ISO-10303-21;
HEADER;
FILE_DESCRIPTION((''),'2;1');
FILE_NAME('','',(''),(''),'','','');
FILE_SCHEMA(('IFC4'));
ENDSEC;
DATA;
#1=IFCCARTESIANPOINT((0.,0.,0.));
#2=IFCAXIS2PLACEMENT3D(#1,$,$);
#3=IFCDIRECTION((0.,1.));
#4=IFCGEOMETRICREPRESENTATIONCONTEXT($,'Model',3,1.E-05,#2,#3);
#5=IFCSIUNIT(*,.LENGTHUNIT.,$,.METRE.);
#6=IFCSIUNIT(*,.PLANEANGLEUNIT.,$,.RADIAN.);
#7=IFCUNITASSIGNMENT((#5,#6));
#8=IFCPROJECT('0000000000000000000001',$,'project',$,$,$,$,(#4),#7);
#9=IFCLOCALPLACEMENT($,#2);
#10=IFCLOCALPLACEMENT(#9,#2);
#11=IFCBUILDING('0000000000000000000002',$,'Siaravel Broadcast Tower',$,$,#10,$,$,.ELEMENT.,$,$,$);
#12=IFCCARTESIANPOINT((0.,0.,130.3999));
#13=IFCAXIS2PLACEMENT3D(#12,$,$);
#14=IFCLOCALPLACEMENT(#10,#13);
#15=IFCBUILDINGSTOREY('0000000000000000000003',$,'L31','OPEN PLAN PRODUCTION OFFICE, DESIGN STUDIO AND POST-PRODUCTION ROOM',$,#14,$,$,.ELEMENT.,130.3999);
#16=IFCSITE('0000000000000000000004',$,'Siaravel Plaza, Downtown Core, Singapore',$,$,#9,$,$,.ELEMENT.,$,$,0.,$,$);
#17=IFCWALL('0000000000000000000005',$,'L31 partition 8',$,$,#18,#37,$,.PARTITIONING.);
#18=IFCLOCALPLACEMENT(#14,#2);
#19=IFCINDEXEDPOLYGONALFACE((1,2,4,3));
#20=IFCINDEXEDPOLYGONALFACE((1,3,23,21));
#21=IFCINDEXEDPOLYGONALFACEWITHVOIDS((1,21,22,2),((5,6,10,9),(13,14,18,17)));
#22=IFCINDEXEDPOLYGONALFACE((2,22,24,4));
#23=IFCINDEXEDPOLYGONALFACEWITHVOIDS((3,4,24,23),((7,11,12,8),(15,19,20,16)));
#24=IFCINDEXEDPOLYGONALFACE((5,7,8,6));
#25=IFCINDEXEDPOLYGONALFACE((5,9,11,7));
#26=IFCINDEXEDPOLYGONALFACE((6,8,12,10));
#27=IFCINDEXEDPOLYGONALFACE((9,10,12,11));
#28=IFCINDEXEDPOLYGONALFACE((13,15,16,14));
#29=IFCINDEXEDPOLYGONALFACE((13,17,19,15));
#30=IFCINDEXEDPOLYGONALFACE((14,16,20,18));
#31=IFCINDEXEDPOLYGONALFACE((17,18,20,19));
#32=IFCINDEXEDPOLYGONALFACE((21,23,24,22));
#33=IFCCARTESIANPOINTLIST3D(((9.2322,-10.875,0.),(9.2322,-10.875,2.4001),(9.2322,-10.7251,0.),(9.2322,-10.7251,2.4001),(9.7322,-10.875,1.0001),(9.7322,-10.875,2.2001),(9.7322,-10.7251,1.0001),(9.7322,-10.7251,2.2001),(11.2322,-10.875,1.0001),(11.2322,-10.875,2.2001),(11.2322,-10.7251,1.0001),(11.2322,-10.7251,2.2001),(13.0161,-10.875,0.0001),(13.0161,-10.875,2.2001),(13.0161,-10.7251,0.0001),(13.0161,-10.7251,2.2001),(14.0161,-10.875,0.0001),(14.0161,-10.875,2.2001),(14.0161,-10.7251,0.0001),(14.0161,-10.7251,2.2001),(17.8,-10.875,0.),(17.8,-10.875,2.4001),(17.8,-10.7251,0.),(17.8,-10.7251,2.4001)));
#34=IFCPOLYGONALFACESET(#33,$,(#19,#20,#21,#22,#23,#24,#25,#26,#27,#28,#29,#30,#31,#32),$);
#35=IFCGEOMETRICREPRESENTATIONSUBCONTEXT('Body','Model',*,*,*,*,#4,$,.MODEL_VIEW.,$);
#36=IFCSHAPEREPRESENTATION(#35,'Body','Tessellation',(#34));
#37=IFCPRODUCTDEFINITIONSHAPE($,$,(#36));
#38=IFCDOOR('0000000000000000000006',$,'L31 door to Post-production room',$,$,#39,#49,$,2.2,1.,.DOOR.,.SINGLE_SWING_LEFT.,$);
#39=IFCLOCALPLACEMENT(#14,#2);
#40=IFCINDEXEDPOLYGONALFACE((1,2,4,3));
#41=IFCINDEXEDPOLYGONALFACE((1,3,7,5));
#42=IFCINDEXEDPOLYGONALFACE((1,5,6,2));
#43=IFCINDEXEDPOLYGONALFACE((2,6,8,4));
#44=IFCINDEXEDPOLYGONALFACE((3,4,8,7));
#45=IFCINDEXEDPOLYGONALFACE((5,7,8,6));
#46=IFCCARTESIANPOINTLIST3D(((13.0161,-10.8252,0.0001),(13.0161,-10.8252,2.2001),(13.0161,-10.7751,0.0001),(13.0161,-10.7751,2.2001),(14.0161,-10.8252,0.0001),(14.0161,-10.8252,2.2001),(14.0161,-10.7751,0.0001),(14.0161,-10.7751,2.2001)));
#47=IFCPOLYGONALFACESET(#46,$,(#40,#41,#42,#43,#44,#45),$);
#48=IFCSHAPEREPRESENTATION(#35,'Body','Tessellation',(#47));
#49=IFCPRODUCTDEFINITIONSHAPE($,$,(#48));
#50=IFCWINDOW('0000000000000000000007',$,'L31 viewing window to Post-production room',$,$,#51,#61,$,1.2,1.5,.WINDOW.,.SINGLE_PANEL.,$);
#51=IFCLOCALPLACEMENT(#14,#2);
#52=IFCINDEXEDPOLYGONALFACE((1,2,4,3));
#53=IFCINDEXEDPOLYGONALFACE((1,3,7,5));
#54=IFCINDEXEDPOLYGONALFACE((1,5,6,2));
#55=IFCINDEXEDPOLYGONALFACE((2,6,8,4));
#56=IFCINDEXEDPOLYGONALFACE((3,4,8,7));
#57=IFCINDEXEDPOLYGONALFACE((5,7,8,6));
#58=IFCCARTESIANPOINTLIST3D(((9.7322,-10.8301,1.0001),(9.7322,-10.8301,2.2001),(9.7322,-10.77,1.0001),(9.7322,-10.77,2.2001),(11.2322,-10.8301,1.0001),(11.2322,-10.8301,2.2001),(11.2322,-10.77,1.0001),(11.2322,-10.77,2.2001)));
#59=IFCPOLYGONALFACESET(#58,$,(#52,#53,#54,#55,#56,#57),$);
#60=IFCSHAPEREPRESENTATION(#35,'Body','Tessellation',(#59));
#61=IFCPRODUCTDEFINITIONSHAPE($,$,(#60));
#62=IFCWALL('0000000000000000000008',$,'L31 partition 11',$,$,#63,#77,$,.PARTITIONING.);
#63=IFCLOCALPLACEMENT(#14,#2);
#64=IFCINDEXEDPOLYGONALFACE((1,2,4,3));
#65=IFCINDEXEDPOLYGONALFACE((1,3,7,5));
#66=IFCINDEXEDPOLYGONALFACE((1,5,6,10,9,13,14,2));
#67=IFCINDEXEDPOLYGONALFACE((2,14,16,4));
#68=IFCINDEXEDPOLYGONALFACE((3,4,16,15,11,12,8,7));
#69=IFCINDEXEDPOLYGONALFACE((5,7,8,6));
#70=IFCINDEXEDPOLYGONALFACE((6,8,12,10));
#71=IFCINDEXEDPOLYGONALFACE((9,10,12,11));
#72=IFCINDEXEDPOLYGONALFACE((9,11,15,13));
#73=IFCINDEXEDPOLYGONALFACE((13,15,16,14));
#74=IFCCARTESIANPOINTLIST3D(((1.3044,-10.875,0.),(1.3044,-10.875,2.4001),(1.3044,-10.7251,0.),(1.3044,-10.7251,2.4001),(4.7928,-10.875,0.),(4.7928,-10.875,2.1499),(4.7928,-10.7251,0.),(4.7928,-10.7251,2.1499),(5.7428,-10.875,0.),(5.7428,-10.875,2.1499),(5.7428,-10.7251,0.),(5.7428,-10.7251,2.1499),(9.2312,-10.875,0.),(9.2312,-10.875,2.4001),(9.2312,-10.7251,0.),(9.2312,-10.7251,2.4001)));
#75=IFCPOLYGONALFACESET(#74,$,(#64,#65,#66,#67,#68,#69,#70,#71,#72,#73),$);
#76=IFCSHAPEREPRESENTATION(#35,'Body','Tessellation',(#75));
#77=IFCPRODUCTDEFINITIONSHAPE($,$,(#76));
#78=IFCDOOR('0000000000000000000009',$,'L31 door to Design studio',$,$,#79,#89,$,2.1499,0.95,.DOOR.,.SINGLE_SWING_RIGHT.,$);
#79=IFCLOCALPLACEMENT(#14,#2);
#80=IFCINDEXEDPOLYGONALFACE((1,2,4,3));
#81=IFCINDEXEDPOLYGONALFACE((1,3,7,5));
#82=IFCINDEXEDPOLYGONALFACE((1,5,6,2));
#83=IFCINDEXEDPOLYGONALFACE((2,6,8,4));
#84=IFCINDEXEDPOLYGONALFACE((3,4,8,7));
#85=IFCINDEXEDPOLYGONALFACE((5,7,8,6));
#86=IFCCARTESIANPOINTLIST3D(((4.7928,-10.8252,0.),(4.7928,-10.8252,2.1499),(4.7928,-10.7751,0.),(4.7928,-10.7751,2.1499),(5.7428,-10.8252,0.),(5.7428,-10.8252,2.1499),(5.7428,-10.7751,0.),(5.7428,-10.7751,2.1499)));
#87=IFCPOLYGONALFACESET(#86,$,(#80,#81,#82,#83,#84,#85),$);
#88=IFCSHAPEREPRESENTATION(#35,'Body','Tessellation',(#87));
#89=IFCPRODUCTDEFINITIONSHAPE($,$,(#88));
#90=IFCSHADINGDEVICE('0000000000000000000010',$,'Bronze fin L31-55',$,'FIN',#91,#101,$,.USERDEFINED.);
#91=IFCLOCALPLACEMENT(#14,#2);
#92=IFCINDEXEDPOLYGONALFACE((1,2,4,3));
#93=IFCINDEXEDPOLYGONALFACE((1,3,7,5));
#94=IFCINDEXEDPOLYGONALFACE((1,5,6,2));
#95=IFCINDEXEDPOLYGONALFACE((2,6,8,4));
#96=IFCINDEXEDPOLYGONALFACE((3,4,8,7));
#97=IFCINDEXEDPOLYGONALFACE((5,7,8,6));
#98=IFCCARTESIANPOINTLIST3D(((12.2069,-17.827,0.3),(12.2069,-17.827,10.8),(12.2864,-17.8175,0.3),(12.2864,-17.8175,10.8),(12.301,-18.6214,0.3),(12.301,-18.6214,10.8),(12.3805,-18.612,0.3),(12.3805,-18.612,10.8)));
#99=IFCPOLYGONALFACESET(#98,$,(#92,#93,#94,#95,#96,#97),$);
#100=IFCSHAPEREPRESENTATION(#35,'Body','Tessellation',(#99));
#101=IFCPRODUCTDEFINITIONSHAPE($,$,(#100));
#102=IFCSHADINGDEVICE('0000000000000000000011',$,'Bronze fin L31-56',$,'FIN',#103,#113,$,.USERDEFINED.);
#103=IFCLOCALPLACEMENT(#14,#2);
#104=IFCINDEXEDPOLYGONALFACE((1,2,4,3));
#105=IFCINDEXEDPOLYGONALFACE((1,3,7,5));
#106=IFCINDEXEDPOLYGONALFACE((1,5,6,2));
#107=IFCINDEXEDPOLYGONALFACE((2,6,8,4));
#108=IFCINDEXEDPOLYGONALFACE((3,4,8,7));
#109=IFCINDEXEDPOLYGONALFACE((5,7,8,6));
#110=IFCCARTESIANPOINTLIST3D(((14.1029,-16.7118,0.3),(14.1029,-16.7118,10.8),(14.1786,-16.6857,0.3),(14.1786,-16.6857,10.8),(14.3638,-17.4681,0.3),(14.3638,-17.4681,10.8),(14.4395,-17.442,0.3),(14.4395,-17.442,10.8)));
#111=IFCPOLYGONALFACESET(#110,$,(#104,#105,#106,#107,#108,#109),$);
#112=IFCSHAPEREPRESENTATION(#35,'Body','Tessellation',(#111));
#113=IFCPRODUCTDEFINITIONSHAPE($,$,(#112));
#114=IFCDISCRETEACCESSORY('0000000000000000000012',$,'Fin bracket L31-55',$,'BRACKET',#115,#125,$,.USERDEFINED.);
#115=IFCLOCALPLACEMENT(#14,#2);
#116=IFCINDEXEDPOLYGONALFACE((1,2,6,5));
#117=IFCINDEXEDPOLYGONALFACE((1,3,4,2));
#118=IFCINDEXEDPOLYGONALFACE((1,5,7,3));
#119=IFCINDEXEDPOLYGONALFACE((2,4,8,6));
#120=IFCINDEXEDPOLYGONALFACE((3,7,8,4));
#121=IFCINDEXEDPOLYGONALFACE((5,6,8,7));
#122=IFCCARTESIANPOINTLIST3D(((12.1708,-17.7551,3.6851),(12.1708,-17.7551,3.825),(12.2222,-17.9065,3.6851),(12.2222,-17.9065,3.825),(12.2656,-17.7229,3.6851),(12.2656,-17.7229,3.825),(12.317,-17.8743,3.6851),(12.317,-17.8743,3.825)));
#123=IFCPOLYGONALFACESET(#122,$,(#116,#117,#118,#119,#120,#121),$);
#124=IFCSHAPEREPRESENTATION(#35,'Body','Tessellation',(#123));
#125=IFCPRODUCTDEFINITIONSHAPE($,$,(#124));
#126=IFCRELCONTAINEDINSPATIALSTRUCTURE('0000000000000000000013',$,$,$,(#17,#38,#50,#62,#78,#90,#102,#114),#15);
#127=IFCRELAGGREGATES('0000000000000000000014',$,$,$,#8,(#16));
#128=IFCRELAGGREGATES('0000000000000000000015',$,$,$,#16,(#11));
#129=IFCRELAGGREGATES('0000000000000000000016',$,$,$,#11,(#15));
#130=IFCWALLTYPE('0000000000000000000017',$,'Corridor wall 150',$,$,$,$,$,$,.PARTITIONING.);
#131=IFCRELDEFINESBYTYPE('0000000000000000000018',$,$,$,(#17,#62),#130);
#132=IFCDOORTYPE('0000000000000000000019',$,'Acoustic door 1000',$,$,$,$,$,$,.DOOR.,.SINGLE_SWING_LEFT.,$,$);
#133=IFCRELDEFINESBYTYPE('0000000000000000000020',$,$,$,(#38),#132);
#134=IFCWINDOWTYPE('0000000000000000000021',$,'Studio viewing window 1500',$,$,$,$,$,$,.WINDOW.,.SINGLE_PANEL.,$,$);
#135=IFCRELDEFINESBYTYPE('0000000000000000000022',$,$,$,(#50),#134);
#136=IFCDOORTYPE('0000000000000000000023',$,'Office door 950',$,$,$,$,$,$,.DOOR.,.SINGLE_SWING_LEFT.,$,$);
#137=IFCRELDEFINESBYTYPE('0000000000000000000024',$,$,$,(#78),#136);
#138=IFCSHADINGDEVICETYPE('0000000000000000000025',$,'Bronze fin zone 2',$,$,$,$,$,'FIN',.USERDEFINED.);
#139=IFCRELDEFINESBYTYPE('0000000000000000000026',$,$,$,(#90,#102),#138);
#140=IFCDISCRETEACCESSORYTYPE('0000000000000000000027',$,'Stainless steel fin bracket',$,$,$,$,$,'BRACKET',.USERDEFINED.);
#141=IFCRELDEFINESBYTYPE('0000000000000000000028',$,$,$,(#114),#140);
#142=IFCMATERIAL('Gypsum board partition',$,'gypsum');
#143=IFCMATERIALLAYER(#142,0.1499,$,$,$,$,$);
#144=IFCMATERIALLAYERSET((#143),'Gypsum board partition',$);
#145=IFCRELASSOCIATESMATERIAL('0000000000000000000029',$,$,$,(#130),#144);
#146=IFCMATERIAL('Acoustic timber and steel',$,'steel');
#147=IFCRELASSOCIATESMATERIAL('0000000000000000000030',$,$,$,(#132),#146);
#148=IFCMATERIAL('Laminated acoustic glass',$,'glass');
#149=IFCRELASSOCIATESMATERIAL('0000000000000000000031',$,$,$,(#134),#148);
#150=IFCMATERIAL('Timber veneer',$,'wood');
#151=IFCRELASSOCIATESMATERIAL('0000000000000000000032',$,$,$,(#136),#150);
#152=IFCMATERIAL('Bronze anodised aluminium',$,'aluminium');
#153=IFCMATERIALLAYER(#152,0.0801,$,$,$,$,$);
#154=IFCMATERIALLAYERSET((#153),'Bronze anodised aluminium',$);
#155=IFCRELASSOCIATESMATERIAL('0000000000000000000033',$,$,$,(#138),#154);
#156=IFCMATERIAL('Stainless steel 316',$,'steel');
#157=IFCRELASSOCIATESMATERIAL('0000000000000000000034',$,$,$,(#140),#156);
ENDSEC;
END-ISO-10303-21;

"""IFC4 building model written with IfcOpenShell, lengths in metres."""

from ifc_helpers import new_model, si_unit, direction, frame, frame_2d, origin, origin_2d, place, context, subcontext, project, spatial, rectangle, extrude, material, layer, layer_set, type_object, element, fill, save


model = new_model("IFC4")

# Units and contexts
model_context = context("Model", 3, precision=1e-05, world=origin(), true_north=direction((0.0, 1.0)))
body_context = subcontext(model_context, "Body", "Model", "MODEL_VIEW")
ifc_project = project(units=[si_unit("LENGTHUNIT", "METRE"), si_unit("PLANEANGLEUNIT", "RADIAN")], contexts=[model_context])

# Site, building, storey
site_placement = place(None, origin())
site = spatial("IfcSite", under=ifc_project, at=site_placement, Name="Siaravel Plaza, Downtown Core, Singapore", CompositionType="ELEMENT", RefElevation=0.0)
building_placement = place(site_placement, origin())
building = spatial("IfcBuilding", under=site, at=building_placement, Name="Siaravel Broadcast Tower", CompositionType="ELEMENT")
storey_placement = place(building_placement, frame((0.0, 0.0, 130.3999)))
storey = spatial("IfcBuildingStorey", under=building, at=storey_placement, Name="L31", Description="OPEN PLAN PRODUCTION OFFICE, DESIGN STUDIO AND POST-PRODUCTION ROOM", CompositionType="ELEMENT", Elevation=130.3999)

# Wall, openings, door, window
ifc_material_1 = material(Name="Gypsum board partition", Category="gypsum")
ifc_layer_1 = layer(ifc_material_1, 0.1499)
ifc_layer_set_1 = layer_set([ifc_layer_1], Name="Gypsum board partition")
wall_type_1 = type_object("IfcWallType", Name="Corridor wall 150", PredefinedType="PARTITIONING", material=ifc_layer_set_1)
wall_1_placement = place(storey_placement, frame((9.2322, -10.8, 0.0), z_axis=(0.0, 0.0, 1.0), x_axis=(1.0, 0.0, 0.0)))
wall_1 = element("IfcWall", 1, at=wall_1_placement, inside=storey, type_object=wall_type_1, Name="L31 partition 8", PredefinedType="PARTITIONING", context=body_context, shape_type="SweptSolid", body=[
    extrude(rectangle(XDim=8.5679, YDim=0.1499, at=frame_2d((4.2839, 0.0))), origin(), (0.0, 0.0, 1.0), 2.4001),
])
opening_1_placement = place(wall_1_placement, frame((3.7839, 0.0, 0.0)))
opening_1 = element("IfcOpeningElement", 2, at=opening_1_placement, cuts=wall_1, PredefinedType="OPENING", context=body_context, shape_type="SweptSolid", body=[
    extrude(rectangle(XDim=1.0, YDim=2.2, at=frame_2d((0.5, 1.1001))), frame((0.0, 0.085, 0.0), z_axis=(0.0, -1.0, 0.0), x_axis=(1.0, 0.0, 0.0)), (0.0, 0.0, 1.0), 0.1699),
])
opening_2_placement = place(wall_1_placement, frame((0.5, 0.0, 1.0)))
opening_2 = element("IfcOpeningElement", 3, at=opening_2_placement, cuts=wall_1, PredefinedType="OPENING", context=body_context, shape_type="SweptSolid", body=[
    extrude(rectangle(XDim=1.5, YDim=1.2, at=frame_2d((0.75, 0.6001))), frame((0.0, 0.085, 0.0), z_axis=(0.0, -1.0, 0.0), x_axis=(1.0, 0.0, 0.0)), (0.0, 0.0, 1.0), 0.1699),
])
ifc_material_2 = material(Name="Acoustic timber and steel", Category="steel")
door_type_1 = type_object("IfcDoorType", Name="Acoustic door 1000", OperationType="SINGLE_SWING_LEFT", PredefinedType="DOOR", material=ifc_material_2)
door_1_placement = place(opening_1_placement, origin())
door_1 = element("IfcDoor", 4, at=door_1_placement, inside=storey, type_object=door_type_1, Name="L31 door to Post-production room", OperationType="SINGLE_SWING_LEFT", OverallHeight=2.2, OverallWidth=1.0, PredefinedType="DOOR", context=body_context, shape_type="SweptSolid", body=[
    extrude(rectangle(XDim=1.0, YDim=2.2, at=frame_2d((0.5, 1.1001))), frame((0.0, 0.0249, 0.0), z_axis=(0.0, -1.0, 0.0), x_axis=(1.0, 0.0, 0.0)), (0.0, 0.0, 1.0), 0.05),
])
fill(opening_1, door_1)
ifc_material_3 = material(Name="Laminated acoustic glass", Category="glass")
window_type = type_object("IfcWindowType", Name="Studio viewing window 1500", PartitioningType="SINGLE_PANEL", PredefinedType="WINDOW", material=ifc_material_3)
window_placement = place(opening_2_placement, origin())
window = element("IfcWindow", 5, at=window_placement, inside=storey, type_object=window_type, Name="L31 viewing window to Post-production room", OverallHeight=1.2, OverallWidth=1.5, PartitioningType="SINGLE_PANEL", PredefinedType="WINDOW", context=body_context, shape_type="SweptSolid", body=[
    extrude(rectangle(XDim=1.5, YDim=1.2, at=frame_2d((0.75, 0.6001))), frame((0.0, 0.03, 0.0), z_axis=(0.0, -1.0, 0.0), x_axis=(1.0, 0.0, 0.0)), (0.0, 0.0, 1.0), 0.0601),
])
fill(opening_2, window)

# Wall, opening, door
wall_2_placement = place(storey_placement, frame((1.3044, -10.8, 0.0), z_axis=(0.0, 0.0, 1.0), x_axis=(1.0, 0.0, 0.0)))
wall_2 = element("IfcWall", 6, at=wall_2_placement, inside=storey, type_object=wall_type_1, Name="L31 partition 11", PredefinedType="PARTITIONING", context=body_context, shape_type="SweptSolid", body=[
    extrude(rectangle(XDim=7.9268, YDim=0.1499, at=frame_2d((3.9634, 0.0))), origin(), (0.0, 0.0, 1.0), 2.4001),
])
opening_3_placement = place(wall_2_placement, frame((3.4883, 0.0, 0.0)))
opening_3 = element("IfcOpeningElement", 7, at=opening_3_placement, cuts=wall_2, PredefinedType="OPENING", context=body_context, shape_type="SweptSolid", body=[
    extrude(rectangle(XDim=0.95, YDim=2.1499, at=frame_2d((0.4751, 1.075))), frame((0.0, 0.085, 0.0), z_axis=(0.0, -1.0, 0.0), x_axis=(1.0, 0.0, 0.0)), (0.0, 0.0, 1.0), 0.1699),
])
ifc_material_4 = material(Name="Timber veneer", Category="wood")
door_type_2 = type_object("IfcDoorType", Name="Office door 950", OperationType="SINGLE_SWING_LEFT", PredefinedType="DOOR", material=ifc_material_4)
door_2_placement = place(opening_3_placement, origin())
door_2 = element("IfcDoor", 8, at=door_2_placement, inside=storey, type_object=door_type_2, Name="L31 door to Design studio", OperationType="SINGLE_SWING_RIGHT", OverallHeight=2.1499, OverallWidth=0.95, PredefinedType="DOOR", context=body_context, shape_type="SweptSolid", body=[
    extrude(rectangle(XDim=0.95, YDim=2.1499, at=frame_2d((0.4751, 1.075))), frame((0.0, 0.0249, 0.0), z_axis=(0.0, -1.0, 0.0), x_axis=(1.0, 0.0, 0.0)), (0.0, 0.0, 1.0), 0.05),
])
fill(opening_3, door_2)

# Shading devices
ifc_material_5 = material(Name="Bronze anodised aluminium", Category="aluminium")
ifc_layer_2 = layer(ifc_material_5, 0.0801)
ifc_layer_set_2 = layer_set([ifc_layer_2], Name="Bronze anodised aluminium")
shading_device_type = type_object("IfcShadingDeviceType", Name="Bronze fin zone 2", ElementType="FIN", PredefinedType="USERDEFINED", material=ifc_layer_set_2)
for number, where, z_axis, x_axis, name in (
    (9, (12.2937, -18.2195, 0.3), (0.0, 0.0, 1.0), (0.117688, -0.993051, 0.0), "Bronze fin L31-55"),
    (10, (14.2712, -17.0769, 0.3), (0.0, 0.0, 1.0), (0.326109, -0.945332, 0.0), "Bronze fin L31-56"),
):
    element("IfcShadingDevice", number, at=place(storey_placement, frame(where, z_axis=z_axis, x_axis=x_axis)), inside=storey, type_object=shading_device_type, Name=name, ObjectType="FIN", PredefinedType="USERDEFINED", context=body_context, shape_type="SweptSolid", body=[
        extrude(rectangle(XDim=0.8, YDim=0.0801, at=origin_2d()), origin(), (0.0, 0.0, 1.0), 10.5),
    ])

# Discrete accessory
ifc_material_6 = material(Name="Stainless steel 316", Category="steel")
discrete_accessory_type = type_object("IfcDiscreteAccessoryType", Name="Stainless steel fin bracket", ElementType="BRACKET", PredefinedType="USERDEFINED", material=ifc_material_6)
discrete_accessory_placement = place(storey_placement, frame((12.2439, -17.8147, 3.6851), z_axis=(0.0, 0.0, 1.0), x_axis=(0.321302, -0.946977, 0.0)))
element("IfcDiscreteAccessory", 11, at=discrete_accessory_placement, inside=storey, type_object=discrete_accessory_type, Name="Fin bracket L31-55", ObjectType="BRACKET", PredefinedType="USERDEFINED", context=body_context, shape_type="SweptSolid", body=[
    extrude(rectangle(XDim=0.1599, YDim=0.1001, at=origin_2d()), origin(), (0.0, 0.0, 1.0), 0.1399),
])

save(model, "model.ifc")
